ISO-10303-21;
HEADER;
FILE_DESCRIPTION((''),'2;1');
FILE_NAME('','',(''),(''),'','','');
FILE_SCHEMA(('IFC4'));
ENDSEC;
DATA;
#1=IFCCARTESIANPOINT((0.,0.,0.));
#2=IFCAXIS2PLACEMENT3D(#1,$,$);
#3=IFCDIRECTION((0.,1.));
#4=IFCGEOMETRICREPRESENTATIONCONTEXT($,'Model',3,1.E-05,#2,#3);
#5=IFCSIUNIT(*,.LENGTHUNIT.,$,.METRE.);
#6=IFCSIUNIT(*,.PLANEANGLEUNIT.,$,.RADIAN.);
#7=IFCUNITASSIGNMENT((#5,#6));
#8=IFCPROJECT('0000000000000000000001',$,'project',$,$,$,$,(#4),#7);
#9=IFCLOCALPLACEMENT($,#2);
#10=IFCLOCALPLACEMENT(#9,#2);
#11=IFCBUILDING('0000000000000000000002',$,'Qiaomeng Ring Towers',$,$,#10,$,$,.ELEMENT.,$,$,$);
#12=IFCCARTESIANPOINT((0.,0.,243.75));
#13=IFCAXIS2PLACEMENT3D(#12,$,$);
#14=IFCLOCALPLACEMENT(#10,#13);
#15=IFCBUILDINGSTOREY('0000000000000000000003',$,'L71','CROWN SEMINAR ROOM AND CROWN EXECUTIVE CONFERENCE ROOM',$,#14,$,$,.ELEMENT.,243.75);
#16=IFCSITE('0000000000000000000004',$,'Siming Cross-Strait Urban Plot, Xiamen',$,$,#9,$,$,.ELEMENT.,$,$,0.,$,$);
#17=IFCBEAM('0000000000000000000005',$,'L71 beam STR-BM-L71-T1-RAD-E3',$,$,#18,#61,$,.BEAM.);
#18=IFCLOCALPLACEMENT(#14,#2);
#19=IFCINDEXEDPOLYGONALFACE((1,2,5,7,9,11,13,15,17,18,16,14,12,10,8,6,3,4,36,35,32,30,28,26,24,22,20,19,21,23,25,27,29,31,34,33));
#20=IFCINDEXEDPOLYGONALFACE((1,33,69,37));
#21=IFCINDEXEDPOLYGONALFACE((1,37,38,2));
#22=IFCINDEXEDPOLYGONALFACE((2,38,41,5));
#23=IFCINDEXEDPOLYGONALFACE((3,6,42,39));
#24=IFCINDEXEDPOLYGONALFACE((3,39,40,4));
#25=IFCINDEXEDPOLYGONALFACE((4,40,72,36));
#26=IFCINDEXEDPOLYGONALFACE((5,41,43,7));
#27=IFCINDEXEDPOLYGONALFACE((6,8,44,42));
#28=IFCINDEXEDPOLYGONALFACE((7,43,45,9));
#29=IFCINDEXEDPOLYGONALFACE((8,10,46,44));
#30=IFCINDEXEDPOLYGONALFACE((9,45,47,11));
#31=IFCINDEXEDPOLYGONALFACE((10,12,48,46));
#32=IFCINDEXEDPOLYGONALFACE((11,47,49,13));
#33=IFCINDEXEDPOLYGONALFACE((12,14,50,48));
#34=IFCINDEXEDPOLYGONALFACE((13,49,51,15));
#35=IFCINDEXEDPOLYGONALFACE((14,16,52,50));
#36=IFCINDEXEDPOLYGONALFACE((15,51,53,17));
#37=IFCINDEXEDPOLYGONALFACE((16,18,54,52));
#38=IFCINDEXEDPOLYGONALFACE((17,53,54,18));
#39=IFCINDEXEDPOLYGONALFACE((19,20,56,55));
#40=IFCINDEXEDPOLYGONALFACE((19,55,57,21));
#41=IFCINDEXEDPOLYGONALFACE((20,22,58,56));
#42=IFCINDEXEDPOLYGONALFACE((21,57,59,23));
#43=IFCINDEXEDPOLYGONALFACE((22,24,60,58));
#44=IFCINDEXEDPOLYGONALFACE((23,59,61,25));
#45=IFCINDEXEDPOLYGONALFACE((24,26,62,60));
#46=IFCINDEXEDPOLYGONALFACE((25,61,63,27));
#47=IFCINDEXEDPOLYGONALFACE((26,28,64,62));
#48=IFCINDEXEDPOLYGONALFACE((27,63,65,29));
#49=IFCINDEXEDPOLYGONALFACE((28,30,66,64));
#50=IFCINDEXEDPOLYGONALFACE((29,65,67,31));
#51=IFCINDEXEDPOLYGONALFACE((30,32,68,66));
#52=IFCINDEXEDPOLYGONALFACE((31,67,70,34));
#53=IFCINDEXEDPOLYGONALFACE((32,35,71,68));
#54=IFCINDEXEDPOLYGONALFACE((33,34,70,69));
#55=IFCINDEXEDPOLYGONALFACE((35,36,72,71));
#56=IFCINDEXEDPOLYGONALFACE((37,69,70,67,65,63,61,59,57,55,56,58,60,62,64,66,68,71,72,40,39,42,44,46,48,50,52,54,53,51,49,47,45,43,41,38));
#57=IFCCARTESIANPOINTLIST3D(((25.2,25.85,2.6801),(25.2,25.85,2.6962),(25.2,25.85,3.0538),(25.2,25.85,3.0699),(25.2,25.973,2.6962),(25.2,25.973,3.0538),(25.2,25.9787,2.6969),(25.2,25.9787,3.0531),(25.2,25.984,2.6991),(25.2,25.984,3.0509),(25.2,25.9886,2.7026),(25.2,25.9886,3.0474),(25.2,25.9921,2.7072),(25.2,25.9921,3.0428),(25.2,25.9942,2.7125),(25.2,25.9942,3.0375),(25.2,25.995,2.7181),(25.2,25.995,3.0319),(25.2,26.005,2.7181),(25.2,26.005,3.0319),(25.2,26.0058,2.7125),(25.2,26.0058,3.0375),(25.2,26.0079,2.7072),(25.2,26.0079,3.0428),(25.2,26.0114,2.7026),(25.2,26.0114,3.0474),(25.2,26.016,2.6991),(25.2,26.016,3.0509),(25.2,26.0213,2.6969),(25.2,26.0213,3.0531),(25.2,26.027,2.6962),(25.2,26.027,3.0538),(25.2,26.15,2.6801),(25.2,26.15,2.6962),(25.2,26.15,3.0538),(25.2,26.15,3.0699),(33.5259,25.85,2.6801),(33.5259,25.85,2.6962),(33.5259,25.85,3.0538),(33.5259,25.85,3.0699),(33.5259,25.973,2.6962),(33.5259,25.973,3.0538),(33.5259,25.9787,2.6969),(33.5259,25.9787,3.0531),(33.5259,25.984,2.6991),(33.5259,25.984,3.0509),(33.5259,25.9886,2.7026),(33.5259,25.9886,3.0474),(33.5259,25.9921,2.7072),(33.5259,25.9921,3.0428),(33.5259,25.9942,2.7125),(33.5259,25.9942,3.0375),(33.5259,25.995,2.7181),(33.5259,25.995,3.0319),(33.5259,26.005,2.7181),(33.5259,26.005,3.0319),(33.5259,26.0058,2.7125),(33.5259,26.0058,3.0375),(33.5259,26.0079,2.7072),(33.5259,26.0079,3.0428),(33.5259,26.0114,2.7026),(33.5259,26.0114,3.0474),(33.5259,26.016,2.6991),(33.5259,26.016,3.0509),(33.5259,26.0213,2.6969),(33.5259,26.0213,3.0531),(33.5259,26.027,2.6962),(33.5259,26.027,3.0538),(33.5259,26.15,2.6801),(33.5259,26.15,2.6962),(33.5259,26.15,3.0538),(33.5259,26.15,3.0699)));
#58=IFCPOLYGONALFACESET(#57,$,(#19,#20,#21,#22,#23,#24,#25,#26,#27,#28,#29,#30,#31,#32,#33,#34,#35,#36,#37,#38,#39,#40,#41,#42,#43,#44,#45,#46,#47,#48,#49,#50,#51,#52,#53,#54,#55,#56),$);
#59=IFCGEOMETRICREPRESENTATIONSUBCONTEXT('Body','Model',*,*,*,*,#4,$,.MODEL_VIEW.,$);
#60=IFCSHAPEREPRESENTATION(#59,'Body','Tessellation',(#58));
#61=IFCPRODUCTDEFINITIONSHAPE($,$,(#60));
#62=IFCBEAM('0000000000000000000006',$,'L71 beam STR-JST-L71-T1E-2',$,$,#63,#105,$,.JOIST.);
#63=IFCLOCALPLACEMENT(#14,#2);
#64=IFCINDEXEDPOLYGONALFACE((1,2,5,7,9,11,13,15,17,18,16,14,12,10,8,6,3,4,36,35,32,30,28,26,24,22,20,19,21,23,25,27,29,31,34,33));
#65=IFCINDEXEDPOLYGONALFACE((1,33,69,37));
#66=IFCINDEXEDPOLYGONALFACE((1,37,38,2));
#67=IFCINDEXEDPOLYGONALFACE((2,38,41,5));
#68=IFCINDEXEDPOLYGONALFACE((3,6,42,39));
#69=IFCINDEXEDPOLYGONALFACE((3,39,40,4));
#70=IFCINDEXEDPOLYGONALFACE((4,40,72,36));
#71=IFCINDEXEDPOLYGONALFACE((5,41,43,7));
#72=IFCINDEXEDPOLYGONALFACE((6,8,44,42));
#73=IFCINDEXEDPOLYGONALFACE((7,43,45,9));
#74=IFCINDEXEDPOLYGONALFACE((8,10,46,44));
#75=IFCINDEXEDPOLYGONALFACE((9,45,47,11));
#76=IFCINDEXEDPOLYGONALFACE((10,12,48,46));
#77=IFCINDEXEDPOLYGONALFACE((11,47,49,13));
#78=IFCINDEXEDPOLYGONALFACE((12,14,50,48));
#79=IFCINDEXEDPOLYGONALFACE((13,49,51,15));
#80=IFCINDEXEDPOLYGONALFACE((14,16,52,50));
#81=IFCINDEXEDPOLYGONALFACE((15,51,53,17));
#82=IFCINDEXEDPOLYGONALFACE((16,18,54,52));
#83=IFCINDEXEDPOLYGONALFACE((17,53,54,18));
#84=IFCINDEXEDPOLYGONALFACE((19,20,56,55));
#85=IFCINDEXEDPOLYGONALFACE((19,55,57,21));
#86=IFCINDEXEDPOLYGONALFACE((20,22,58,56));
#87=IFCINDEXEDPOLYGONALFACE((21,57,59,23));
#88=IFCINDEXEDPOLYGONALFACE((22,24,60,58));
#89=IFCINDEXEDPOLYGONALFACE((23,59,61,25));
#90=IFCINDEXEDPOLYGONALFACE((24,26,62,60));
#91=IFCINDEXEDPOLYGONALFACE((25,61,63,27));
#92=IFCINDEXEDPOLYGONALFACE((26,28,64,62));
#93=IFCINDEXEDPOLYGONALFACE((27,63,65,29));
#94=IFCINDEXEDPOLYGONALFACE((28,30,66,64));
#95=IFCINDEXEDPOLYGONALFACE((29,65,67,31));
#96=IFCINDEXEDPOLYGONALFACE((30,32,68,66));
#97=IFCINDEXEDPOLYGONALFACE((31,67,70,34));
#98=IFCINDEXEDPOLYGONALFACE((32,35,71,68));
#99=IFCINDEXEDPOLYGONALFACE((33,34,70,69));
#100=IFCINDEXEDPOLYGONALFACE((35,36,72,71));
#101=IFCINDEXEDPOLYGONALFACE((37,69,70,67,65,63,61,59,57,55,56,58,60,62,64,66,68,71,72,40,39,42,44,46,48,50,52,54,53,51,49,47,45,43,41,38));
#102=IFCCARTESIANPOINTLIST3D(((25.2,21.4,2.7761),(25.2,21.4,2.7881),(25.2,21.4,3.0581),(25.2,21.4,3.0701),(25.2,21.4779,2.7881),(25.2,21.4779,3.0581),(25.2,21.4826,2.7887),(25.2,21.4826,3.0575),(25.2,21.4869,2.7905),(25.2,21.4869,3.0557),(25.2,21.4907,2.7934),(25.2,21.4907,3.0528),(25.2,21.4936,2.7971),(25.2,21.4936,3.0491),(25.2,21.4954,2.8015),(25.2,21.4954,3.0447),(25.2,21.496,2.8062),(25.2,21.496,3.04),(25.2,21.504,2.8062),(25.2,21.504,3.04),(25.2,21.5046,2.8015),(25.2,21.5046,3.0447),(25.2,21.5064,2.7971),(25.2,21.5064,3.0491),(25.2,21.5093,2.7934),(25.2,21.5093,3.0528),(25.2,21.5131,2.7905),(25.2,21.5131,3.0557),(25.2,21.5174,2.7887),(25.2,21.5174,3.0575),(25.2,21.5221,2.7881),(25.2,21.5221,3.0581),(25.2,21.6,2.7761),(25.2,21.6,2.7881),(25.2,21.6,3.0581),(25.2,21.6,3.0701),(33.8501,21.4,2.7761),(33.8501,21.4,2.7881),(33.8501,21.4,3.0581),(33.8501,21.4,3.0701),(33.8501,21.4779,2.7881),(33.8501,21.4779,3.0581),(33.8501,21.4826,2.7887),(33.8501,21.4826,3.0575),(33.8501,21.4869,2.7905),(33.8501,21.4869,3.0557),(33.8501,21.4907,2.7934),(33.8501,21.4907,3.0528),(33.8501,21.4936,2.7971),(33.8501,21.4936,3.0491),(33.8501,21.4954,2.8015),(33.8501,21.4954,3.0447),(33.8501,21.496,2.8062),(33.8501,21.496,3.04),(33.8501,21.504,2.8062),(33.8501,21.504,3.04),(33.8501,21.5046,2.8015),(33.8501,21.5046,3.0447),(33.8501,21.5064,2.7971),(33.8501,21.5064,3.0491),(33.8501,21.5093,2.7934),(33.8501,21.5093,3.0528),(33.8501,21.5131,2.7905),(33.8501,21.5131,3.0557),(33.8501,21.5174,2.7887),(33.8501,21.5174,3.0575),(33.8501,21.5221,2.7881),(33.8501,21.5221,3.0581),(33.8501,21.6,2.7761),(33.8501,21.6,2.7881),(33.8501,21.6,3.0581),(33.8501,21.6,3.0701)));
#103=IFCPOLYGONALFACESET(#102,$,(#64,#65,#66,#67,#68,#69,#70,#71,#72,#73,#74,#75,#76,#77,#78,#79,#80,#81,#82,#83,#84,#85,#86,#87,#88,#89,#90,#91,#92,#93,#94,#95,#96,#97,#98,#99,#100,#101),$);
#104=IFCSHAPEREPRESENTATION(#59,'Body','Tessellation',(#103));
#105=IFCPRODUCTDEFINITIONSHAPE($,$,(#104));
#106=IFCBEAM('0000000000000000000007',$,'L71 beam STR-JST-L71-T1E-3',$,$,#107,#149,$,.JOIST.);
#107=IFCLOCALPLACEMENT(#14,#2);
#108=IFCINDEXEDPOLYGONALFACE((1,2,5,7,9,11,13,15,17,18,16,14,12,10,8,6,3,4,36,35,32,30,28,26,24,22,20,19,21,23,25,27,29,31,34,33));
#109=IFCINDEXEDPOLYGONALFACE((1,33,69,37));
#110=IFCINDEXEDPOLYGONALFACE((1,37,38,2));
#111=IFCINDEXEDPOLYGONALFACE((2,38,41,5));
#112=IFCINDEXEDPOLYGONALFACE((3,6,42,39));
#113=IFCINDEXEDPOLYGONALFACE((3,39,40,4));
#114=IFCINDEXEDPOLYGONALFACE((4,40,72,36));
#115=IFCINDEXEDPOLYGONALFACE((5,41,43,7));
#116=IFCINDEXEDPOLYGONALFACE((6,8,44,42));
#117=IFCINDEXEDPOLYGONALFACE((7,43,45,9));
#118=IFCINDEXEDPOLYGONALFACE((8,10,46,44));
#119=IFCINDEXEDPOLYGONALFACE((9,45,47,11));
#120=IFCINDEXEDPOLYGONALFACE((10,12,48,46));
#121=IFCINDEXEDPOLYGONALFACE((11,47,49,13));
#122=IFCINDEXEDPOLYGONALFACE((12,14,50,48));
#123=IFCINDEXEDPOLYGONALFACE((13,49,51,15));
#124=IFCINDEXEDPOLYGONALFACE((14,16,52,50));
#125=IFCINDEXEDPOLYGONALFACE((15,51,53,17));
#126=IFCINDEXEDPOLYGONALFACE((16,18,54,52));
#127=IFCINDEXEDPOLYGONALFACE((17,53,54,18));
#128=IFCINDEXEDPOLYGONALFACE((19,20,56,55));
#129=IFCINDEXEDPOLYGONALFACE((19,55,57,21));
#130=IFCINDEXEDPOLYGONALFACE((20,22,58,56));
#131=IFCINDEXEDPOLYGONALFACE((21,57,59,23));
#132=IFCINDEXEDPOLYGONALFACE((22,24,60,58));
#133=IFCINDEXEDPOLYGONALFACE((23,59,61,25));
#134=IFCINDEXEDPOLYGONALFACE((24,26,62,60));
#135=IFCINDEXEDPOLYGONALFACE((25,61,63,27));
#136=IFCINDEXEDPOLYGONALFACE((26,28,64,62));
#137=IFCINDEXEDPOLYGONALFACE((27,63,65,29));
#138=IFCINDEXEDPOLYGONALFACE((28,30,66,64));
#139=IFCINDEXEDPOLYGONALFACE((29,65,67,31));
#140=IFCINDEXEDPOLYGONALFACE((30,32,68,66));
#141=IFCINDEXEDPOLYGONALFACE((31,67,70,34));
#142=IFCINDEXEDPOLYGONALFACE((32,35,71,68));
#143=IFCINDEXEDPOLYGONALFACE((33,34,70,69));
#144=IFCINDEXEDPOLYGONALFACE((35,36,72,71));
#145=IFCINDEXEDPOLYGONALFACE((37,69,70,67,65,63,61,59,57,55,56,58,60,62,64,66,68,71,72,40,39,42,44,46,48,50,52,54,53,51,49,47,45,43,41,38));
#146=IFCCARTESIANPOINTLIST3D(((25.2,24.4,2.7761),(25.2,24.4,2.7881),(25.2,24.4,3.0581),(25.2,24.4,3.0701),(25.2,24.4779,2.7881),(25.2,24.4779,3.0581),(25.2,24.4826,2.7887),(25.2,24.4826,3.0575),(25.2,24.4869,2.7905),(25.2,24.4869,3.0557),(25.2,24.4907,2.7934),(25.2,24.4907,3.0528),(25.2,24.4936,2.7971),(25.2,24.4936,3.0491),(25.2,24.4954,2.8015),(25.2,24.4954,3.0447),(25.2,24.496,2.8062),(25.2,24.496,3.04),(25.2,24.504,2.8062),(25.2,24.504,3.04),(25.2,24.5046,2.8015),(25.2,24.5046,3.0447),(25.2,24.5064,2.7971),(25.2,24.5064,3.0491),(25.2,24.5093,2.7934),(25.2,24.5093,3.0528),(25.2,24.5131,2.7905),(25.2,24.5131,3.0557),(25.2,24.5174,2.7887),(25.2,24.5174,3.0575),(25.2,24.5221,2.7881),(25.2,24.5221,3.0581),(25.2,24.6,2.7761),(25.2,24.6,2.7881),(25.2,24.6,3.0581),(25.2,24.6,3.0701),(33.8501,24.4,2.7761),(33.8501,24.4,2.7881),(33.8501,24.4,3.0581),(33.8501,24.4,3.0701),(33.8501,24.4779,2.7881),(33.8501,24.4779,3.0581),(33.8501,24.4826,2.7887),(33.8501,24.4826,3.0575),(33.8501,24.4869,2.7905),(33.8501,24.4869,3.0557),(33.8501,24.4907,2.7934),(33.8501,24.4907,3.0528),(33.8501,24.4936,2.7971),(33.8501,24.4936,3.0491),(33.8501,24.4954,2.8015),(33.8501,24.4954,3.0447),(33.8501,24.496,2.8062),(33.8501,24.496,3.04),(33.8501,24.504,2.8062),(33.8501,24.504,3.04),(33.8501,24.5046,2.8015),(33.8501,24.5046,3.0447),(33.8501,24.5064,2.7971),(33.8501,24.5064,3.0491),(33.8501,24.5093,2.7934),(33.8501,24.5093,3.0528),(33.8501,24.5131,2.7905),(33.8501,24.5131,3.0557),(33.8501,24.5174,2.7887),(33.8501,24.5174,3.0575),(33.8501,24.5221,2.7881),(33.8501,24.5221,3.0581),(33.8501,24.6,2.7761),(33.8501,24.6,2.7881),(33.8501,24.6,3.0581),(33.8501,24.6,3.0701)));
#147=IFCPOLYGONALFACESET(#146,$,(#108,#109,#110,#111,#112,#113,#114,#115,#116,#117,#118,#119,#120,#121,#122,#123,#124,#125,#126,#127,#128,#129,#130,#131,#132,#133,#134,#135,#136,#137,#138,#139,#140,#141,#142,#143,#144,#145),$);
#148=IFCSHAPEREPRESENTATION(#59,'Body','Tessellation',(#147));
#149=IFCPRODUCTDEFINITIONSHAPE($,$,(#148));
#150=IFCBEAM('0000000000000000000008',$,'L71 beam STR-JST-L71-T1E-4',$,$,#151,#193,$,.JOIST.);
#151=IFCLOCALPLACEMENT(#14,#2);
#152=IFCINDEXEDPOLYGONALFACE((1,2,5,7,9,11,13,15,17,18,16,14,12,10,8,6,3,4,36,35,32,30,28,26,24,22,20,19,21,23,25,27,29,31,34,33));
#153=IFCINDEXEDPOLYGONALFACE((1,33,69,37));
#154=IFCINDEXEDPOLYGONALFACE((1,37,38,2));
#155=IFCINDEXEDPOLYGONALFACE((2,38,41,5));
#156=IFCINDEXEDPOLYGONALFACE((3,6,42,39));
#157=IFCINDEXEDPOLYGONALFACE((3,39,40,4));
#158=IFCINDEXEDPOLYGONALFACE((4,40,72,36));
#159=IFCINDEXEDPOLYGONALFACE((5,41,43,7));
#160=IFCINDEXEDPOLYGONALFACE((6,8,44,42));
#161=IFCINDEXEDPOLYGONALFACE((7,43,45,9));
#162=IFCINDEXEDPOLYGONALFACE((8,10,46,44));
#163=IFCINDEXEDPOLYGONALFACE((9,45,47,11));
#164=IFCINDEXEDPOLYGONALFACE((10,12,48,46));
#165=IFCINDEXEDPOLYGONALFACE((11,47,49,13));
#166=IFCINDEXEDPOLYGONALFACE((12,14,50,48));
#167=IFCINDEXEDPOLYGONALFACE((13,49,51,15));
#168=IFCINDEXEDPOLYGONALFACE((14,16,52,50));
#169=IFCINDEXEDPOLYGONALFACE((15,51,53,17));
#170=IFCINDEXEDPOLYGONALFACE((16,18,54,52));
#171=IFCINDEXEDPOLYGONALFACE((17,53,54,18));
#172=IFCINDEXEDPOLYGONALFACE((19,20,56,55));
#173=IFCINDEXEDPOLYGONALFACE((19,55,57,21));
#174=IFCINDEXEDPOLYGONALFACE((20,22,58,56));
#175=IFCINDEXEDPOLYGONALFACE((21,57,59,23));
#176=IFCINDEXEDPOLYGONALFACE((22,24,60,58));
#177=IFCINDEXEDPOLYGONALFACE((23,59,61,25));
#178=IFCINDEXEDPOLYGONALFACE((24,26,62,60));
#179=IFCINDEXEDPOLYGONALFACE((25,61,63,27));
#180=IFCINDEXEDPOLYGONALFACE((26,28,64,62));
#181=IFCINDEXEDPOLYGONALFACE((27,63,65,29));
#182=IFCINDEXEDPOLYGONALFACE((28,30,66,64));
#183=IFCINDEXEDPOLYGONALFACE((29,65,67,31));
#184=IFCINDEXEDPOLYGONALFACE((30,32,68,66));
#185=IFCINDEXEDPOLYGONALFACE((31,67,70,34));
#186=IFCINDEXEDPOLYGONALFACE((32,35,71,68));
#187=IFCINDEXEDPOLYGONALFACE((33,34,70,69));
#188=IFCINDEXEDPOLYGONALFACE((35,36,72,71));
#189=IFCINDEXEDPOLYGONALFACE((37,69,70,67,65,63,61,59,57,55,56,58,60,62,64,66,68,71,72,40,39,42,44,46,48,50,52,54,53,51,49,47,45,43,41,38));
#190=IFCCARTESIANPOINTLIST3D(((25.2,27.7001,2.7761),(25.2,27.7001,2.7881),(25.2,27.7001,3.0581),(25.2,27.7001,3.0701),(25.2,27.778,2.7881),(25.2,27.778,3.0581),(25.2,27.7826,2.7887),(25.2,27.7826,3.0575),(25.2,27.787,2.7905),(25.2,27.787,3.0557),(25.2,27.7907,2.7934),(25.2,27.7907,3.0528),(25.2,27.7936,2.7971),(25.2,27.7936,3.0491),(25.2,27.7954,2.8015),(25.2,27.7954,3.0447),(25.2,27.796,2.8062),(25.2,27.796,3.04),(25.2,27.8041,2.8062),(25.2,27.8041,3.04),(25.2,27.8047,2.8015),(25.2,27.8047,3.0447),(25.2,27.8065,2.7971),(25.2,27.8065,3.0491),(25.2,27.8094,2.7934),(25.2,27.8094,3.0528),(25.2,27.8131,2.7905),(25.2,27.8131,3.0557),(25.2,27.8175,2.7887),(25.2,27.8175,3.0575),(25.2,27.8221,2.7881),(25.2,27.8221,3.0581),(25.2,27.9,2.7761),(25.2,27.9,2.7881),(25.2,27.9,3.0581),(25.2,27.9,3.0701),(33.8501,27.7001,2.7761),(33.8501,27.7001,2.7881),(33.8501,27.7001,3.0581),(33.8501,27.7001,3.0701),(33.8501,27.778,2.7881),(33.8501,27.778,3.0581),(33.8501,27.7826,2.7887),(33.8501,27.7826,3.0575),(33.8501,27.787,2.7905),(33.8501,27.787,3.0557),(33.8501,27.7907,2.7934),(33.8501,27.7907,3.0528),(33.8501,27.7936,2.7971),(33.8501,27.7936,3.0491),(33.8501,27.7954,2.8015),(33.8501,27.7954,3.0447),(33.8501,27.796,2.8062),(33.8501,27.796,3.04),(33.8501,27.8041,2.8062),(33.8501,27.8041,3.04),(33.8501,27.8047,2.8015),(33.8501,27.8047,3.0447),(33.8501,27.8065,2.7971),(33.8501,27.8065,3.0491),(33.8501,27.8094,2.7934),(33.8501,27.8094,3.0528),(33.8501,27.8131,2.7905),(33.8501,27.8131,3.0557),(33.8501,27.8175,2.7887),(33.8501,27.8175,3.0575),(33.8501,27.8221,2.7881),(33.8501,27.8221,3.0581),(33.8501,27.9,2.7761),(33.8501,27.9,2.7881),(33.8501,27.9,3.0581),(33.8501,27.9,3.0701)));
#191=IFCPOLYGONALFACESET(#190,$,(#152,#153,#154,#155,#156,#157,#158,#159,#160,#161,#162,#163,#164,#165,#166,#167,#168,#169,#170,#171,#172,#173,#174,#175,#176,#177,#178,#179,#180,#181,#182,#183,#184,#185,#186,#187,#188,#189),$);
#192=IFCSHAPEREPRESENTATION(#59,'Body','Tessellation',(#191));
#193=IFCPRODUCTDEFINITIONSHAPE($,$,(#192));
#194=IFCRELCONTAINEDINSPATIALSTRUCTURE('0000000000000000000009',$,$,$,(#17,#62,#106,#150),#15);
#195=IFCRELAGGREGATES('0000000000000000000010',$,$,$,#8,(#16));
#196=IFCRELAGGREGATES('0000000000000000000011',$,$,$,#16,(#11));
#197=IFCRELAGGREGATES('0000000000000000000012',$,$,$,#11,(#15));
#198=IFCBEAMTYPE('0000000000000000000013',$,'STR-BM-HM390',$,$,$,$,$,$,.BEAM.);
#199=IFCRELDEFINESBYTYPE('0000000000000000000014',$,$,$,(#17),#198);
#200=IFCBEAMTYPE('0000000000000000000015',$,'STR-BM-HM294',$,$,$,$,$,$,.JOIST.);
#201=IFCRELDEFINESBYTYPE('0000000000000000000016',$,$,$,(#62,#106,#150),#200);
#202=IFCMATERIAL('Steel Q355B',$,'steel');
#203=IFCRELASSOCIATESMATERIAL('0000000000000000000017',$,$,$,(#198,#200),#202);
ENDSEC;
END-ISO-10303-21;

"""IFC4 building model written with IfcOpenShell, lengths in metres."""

from ifc_helpers import new_model, si_unit, direction, frame, origin, origin_2d, place, context, subcontext, project, spatial, i_section, extrude, source, transform, mapped, material, material_profile, profile_set, type_object, element, save


model = new_model("IFC4")

# Units and contexts
model_context = context("Model", 3, precision=1e-05, world=origin(), true_north=direction((0.0, 1.0)))
body_context = subcontext(model_context, "Body", "Model", "MODEL_VIEW")
ifc_project = project(units=[si_unit("LENGTHUNIT", "METRE"), si_unit("PLANEANGLEUNIT", "RADIAN")], contexts=[model_context])

# Site, building, storey
site_placement = place(None, origin())
site = spatial("IfcSite", under=ifc_project, at=site_placement, Name="Siming Cross-Strait Urban Plot, Xiamen", CompositionType="ELEMENT", RefElevation=0.0)
building_placement = place(site_placement, origin())
building = spatial("IfcBuilding", under=site, at=building_placement, Name="Qiaomeng Ring Towers", CompositionType="ELEMENT")
storey_placement = place(building_placement, frame((0.0, 0.0, 243.75)))
storey = spatial("IfcBuildingStorey", under=building, at=storey_placement, Name="L71", Description="CROWN SEMINAR ROOM AND CROWN EXECUTIVE CONFERENCE ROOM", CompositionType="ELEMENT", Elevation=243.75)

# Beams
ifc_material_1 = material(Name="Steel Q355B", Category="steel")
ifc_material_profile_1 = material_profile(ifc_material_1, i_section(OverallWidth=0.3, OverallDepth=0.3899, WebThickness=0.01, FlangeThickness=0.0161, FilletRadius=0.022, at=origin_2d()), Name="HM 390x300x10x16")
ifc_profile_set_1 = profile_set([ifc_material_profile_1], Name="Steel Q355B")
beam_type_1 = type_object("IfcBeamType", Name="STR-BM-HM390", PredefinedType="BEAM", material=ifc_profile_set_1)
shared_shape_1 = source(origin(), body_context, "Body", "SweptSolid", [
    extrude(i_section(OverallWidth=0.3, OverallDepth=0.3899, WebThickness=0.01, FlangeThickness=0.0161, FilletRadius=0.022, at=origin_2d()), origin(), (0.0, 0.0, 1.0), 8.3259),
])
beam_placement = place(storey_placement, frame((25.2, 26.0, 2.875), z_axis=(1.0, 0.0, 0.0), x_axis=(0.0, 1.0, 0.0)))
element("IfcBeam", 1, at=beam_placement, inside=storey, type_object=beam_type_1, Name="L71 beam STR-BM-L71-T1-RAD-E3", PredefinedType="BEAM", context=body_context, shape_type="MappedRepresentation", body=[
    mapped(shared_shape_1, transform((0.0, 0.0, 0.0), x_axis=(1.0, 0.0, 0.0), y_axis=(0.0, 1.0, 0.0), z_axis=(0.0, 0.0, 1.0), scale=1.0)),
])
ifc_material_profile_2 = material_profile(ifc_material_1, i_section(OverallWidth=0.2, OverallDepth=0.2939, WebThickness=0.0081, FlangeThickness=0.012, FilletRadius=0.0181, at=origin_2d()), Name="HM 294x200x8x12")
ifc_profile_set_2 = profile_set([ifc_material_profile_2], Name="Steel Q355B")
beam_type_2 = type_object("IfcBeamType", Name="STR-BM-HM294", PredefinedType="JOIST", material=ifc_profile_set_2)
shared_shape_2 = source(origin(), body_context, "Body", "SweptSolid", [
    extrude(i_section(OverallWidth=0.2, OverallDepth=0.2939, WebThickness=0.0081, FlangeThickness=0.012, FilletRadius=0.0181, at=origin_2d()), origin(), (0.0, 0.0, 1.0), 8.6501),
])
for number, where, z_axis, x_axis, name in (
    (2, (25.2, 21.5, 2.9231), (1.0, 0.0, 0.0), (0.0, 1.0, 0.0), "L71 beam STR-JST-L71-T1E-2"),
    (3, (25.2, 24.5, 2.9231), (1.0, 0.0, 0.0), (0.0, 1.0, 0.0), "L71 beam STR-JST-L71-T1E-3"),
    (4, (25.2, 27.8, 2.9231), (1.0, 0.0, 0.0), (0.0, 1.0, 0.0), "L71 beam STR-JST-L71-T1E-4"),
):
    element("IfcBeam", number, at=place(storey_placement, frame(where, z_axis=z_axis, x_axis=x_axis)), inside=storey, type_object=beam_type_2, Name=name, PredefinedType="JOIST", context=body_context, shape_type="MappedRepresentation", body=[
        mapped(shared_shape_2, transform((0.0, 0.0, 0.0), x_axis=(1.0, 0.0, 0.0), y_axis=(0.0, 1.0, 0.0), z_axis=(0.0, 0.0, 1.0), scale=1.0)),
    ])

save(model, "model.ifc")
